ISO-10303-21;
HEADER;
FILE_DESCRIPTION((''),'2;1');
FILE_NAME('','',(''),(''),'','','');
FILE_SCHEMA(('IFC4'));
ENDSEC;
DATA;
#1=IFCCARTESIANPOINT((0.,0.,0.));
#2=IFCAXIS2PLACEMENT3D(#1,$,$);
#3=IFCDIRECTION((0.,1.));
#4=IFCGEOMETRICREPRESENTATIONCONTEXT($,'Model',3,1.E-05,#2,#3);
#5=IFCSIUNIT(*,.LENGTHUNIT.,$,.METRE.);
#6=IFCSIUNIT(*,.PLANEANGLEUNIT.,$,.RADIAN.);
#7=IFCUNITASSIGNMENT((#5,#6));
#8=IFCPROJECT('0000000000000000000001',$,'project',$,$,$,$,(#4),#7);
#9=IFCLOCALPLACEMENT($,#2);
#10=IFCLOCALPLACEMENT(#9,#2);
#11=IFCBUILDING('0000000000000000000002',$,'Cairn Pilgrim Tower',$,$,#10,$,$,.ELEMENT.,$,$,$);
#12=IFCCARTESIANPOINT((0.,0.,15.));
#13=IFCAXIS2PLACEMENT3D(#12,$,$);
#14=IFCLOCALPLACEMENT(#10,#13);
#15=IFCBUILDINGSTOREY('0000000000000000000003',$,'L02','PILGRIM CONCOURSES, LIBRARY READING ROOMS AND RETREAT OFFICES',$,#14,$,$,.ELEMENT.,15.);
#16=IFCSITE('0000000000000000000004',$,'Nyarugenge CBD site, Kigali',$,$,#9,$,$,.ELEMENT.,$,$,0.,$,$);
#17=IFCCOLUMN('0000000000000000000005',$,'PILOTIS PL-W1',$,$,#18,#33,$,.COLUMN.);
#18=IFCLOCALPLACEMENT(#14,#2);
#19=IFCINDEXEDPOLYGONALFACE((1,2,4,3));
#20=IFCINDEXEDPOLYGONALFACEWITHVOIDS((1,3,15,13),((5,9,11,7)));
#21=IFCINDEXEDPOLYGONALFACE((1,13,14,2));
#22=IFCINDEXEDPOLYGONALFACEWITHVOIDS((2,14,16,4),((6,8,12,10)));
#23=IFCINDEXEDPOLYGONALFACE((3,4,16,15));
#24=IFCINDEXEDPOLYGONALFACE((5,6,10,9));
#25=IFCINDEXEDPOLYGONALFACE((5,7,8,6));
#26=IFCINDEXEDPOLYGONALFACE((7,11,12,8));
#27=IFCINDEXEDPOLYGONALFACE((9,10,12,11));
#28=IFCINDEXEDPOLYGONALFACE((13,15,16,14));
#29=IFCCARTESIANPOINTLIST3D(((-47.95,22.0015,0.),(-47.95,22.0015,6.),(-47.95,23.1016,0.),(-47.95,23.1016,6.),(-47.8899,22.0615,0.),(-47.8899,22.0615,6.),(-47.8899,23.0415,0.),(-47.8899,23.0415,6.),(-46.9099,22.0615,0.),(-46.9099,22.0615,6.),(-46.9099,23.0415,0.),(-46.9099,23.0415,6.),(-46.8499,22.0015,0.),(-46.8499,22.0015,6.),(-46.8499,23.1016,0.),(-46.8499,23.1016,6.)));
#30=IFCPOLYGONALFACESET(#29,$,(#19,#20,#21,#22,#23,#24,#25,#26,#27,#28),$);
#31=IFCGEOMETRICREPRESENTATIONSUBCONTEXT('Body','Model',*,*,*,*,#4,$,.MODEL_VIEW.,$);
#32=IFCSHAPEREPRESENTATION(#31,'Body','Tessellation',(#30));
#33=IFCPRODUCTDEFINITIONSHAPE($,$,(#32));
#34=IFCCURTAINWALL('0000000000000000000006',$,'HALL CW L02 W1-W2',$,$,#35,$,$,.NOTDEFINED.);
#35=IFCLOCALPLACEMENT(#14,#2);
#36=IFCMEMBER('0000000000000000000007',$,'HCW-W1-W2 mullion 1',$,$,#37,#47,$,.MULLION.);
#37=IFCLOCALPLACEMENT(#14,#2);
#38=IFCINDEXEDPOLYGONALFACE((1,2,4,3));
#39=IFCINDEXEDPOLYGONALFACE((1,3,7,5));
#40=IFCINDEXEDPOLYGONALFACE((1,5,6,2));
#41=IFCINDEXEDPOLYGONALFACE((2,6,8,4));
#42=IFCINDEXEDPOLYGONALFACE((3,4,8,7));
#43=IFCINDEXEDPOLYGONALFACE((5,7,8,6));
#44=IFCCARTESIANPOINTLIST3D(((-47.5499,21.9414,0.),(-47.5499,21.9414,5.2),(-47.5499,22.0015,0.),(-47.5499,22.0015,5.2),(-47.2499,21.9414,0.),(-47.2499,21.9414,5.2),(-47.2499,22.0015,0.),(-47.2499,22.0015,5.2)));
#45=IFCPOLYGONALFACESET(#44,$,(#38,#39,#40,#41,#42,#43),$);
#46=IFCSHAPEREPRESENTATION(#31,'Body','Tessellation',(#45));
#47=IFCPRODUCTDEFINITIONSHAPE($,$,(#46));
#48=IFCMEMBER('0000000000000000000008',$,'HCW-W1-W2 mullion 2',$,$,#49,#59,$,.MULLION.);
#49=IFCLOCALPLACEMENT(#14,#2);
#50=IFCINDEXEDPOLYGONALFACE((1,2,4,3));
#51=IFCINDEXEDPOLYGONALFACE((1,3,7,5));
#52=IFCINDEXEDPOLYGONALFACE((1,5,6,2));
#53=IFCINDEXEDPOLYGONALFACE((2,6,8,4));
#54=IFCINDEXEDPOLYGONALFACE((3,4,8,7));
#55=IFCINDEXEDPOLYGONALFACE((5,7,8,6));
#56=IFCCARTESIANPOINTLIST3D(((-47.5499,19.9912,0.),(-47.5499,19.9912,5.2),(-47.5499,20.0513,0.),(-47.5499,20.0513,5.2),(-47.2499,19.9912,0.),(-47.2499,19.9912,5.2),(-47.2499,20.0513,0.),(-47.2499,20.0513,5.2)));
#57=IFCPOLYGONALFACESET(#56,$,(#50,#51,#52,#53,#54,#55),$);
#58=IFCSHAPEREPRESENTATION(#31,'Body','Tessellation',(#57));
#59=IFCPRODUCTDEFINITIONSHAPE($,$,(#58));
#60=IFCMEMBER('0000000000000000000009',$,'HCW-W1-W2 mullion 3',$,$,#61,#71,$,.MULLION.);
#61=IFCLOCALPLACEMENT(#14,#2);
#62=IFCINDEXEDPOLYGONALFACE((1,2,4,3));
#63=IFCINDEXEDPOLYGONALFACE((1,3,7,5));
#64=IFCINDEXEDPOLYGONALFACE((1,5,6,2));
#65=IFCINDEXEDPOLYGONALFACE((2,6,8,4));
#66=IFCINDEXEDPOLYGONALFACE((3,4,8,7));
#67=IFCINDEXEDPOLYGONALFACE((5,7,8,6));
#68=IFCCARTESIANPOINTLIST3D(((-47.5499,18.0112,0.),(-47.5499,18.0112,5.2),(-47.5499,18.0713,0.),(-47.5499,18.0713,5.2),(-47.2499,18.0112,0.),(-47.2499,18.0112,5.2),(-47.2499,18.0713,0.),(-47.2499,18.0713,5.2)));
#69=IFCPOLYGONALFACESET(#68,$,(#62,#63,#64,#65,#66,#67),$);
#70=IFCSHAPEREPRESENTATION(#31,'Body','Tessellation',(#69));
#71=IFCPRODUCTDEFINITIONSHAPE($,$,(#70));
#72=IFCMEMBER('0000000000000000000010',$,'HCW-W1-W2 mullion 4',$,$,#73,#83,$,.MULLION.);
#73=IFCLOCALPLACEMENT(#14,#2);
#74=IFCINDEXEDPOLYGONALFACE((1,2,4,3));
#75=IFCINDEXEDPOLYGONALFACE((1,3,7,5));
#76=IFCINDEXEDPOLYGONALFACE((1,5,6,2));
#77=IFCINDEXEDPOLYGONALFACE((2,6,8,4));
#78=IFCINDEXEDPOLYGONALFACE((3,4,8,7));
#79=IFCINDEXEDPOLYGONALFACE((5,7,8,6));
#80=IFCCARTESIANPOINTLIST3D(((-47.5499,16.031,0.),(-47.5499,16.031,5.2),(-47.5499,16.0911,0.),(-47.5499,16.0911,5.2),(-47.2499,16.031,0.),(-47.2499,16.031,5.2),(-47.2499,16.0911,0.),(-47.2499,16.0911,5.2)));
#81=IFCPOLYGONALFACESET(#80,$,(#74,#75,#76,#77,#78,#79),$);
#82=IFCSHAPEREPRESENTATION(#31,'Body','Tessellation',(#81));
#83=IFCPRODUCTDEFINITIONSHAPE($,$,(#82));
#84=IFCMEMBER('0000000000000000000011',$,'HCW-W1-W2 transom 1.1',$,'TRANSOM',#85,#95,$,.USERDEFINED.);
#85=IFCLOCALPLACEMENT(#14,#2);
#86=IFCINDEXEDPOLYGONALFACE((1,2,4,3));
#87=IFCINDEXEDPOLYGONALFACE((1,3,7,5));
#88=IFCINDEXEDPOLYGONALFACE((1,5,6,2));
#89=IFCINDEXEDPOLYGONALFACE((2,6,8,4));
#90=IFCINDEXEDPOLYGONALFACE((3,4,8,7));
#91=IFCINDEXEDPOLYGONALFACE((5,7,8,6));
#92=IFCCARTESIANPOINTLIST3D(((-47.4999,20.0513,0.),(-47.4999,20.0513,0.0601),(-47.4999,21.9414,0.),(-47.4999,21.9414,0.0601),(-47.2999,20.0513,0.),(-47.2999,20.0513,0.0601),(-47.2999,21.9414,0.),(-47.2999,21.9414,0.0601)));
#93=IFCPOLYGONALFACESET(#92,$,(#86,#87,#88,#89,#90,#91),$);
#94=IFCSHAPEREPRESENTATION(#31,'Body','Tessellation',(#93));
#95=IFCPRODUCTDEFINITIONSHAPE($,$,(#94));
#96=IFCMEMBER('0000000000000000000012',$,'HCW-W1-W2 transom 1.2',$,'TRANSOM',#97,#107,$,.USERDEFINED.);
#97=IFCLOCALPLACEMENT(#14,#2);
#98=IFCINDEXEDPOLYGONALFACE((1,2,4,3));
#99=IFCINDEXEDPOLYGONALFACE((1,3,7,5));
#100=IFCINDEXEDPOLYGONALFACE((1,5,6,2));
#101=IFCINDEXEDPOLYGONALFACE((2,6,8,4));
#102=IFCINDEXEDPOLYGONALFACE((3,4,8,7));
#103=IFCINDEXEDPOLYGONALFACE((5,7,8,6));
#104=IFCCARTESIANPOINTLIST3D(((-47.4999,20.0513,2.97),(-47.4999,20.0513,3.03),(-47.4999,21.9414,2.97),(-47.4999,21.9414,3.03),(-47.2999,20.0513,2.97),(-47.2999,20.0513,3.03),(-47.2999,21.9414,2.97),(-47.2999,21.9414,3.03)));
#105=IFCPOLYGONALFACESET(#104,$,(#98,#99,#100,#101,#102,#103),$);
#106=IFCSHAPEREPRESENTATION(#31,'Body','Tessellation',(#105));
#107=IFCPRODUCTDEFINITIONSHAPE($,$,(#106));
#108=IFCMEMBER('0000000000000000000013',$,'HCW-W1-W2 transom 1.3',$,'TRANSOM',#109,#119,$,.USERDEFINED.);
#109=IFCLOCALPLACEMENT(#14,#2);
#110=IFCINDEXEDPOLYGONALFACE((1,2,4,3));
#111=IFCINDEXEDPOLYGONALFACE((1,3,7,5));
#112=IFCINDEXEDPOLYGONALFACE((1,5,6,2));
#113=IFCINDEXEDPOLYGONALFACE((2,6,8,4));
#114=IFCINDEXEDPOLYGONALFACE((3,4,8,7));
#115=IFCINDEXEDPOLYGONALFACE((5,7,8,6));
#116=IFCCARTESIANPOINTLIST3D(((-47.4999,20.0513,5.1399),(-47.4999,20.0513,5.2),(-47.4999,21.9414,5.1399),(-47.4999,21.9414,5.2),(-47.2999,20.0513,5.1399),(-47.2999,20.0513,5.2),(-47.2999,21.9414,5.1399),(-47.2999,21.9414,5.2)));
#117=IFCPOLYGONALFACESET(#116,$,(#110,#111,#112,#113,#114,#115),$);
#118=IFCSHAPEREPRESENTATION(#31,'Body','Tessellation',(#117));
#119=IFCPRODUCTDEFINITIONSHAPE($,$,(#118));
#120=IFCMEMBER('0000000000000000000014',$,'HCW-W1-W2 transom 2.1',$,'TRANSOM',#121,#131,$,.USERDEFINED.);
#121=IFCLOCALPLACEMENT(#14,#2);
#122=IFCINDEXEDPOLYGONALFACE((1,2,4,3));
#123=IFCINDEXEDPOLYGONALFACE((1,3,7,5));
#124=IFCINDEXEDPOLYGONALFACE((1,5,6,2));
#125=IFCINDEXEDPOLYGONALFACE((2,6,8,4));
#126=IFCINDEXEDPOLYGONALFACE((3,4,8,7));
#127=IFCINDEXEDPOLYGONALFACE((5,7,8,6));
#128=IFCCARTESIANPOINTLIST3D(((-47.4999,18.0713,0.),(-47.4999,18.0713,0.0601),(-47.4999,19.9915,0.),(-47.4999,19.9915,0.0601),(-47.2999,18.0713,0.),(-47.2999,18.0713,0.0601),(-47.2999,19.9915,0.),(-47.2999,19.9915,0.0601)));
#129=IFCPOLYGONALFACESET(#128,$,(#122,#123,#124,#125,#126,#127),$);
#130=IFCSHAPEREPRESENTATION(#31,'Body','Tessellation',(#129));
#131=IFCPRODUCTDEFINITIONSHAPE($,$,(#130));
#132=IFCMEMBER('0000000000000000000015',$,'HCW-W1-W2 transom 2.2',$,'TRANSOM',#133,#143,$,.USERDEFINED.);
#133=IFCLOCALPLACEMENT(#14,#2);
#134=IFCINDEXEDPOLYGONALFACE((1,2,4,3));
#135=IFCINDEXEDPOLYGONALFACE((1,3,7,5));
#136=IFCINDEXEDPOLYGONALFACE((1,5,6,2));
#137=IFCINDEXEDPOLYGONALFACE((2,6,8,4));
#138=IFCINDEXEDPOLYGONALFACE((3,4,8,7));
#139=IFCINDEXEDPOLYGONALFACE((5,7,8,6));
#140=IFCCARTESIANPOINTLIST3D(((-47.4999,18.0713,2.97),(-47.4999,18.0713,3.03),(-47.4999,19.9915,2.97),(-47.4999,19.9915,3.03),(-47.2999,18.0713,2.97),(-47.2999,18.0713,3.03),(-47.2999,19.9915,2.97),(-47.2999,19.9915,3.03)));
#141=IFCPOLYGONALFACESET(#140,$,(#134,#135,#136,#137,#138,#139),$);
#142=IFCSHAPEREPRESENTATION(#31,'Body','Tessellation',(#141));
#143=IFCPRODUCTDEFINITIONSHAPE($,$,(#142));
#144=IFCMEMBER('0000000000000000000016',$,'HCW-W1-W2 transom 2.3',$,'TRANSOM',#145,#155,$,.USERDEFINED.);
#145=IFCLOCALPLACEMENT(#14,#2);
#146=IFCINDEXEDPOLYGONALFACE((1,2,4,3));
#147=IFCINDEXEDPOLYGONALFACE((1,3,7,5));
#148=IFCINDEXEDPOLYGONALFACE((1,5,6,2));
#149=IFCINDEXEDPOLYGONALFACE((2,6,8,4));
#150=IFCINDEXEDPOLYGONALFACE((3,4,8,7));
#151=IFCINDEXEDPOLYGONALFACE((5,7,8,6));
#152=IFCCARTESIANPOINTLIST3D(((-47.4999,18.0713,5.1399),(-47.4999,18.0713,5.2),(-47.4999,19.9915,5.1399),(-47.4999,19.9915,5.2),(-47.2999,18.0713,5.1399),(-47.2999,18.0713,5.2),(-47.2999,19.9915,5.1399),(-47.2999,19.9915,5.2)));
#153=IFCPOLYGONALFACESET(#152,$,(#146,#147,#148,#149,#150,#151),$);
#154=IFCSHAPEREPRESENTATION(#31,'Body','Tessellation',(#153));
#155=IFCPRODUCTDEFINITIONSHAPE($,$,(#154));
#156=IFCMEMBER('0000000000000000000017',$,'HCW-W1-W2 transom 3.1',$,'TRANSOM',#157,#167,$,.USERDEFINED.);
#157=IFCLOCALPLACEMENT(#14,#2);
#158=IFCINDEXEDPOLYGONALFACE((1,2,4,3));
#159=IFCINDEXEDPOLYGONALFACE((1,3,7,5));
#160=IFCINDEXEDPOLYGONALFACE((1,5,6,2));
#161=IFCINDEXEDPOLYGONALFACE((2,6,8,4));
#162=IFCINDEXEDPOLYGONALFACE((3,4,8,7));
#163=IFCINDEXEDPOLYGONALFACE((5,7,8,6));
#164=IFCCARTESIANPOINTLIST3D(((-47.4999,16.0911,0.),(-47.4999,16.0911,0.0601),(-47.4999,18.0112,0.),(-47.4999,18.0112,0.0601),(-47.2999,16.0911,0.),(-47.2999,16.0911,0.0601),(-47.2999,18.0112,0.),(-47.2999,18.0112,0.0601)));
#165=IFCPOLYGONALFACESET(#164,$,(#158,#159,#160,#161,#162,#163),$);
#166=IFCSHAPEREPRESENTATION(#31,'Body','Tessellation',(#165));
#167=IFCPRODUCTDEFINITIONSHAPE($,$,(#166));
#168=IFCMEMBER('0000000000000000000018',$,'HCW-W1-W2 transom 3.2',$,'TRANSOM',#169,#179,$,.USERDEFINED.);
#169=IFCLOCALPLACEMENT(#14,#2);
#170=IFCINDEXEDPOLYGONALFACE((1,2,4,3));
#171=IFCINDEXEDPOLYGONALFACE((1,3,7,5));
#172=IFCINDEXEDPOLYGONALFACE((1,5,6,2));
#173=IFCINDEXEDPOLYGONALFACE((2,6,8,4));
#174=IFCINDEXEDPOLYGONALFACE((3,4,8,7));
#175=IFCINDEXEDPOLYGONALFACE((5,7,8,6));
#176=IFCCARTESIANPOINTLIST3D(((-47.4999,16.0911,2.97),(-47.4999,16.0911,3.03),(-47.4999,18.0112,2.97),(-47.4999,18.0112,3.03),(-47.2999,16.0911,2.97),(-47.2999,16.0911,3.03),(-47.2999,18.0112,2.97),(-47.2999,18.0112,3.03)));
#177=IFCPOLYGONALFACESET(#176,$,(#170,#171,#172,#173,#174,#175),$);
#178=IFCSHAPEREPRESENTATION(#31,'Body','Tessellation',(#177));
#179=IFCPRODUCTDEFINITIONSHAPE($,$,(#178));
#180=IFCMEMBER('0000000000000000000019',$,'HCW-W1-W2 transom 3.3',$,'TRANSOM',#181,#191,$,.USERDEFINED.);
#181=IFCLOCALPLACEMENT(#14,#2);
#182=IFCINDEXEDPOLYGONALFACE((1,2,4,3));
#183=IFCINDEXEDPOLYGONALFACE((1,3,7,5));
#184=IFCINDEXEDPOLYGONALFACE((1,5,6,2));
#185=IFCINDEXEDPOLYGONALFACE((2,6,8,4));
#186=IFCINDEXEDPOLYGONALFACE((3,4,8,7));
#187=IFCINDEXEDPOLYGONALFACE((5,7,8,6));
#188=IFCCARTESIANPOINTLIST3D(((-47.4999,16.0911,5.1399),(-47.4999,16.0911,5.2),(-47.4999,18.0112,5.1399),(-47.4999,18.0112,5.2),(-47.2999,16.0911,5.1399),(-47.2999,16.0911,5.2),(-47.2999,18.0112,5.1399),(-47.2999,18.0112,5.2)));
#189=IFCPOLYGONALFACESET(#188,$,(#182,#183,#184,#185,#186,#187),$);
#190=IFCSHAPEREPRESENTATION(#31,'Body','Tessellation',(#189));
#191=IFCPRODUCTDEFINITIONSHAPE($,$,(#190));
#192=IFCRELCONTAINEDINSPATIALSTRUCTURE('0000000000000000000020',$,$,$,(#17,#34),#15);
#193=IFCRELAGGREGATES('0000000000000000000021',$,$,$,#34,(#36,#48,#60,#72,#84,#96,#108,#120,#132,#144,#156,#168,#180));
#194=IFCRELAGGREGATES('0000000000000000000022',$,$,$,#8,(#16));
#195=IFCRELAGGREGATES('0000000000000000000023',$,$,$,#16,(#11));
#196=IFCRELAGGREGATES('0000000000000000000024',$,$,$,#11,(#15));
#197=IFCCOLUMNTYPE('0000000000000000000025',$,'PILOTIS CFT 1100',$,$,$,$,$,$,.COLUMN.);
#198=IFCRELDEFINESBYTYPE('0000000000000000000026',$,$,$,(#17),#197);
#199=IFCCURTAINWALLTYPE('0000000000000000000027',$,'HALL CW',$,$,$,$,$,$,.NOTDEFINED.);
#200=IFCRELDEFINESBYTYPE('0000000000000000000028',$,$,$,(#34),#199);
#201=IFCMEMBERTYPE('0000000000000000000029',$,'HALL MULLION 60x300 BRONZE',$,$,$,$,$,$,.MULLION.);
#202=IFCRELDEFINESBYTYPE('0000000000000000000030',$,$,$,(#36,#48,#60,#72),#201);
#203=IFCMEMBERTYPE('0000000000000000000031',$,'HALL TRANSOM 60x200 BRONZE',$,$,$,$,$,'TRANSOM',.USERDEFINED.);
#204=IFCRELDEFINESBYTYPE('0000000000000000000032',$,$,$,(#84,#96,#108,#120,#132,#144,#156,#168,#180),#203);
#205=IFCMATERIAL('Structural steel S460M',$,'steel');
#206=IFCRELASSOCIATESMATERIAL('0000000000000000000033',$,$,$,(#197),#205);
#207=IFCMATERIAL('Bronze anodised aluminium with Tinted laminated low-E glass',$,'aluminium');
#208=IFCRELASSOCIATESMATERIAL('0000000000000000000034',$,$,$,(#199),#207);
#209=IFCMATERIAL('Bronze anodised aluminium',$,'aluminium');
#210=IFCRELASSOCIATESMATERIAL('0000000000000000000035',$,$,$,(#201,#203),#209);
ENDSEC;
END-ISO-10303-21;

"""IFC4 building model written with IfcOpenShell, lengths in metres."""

from ifc_helpers import new_model, si_unit, direction, frame, origin, origin_2d, place, context, subcontext, project, spatial, rectangle, hollow_rectangle, extrude, material, material_profile, profile_set, type_object, element, aggregate, save


model = new_model("IFC4")

# Units and contexts
model_context = context("Model", 3, precision=1e-05, world=origin(), true_north=direction((0.0, 1.0)))
body_context = subcontext(model_context, "Body", "Model", "MODEL_VIEW")
ifc_project = project(units=[si_unit("LENGTHUNIT", "METRE"), si_unit("PLANEANGLEUNIT", "RADIAN")], contexts=[model_context])

# Site, building, storey
site_placement = place(None, origin())
site = spatial("IfcSite", under=ifc_project, at=site_placement, Name="Nyarugenge CBD site, Kigali", CompositionType="ELEMENT", RefElevation=0.0)
building_placement = place(site_placement, origin())
building = spatial("IfcBuilding", under=site, at=building_placement, Name="Cairn Pilgrim Tower", CompositionType="ELEMENT")
storey_placement = place(building_placement, frame((0.0, 0.0, 15.0)))
storey = spatial("IfcBuildingStorey", under=building, at=storey_placement, Name="L02", Description="PILGRIM CONCOURSES, LIBRARY READING ROOMS AND RETREAT OFFICES", CompositionType="ELEMENT", Elevation=15.0)

# Column
ifc_material_1 = material(Name="Structural steel S460M", Category="steel")
ifc_material_profile_1 = material_profile(ifc_material_1, hollow_rectangle(XDim=1.1001, YDim=1.1001, WallThickness=0.0601, at=origin_2d()), Name="BOX 1100x1100x60")
ifc_profile_set_1 = profile_set([ifc_material_profile_1], Name="Structural steel S460M")
column_type = type_object("IfcColumnType", Name="PILOTIS CFT 1100", PredefinedType="COLUMN", material=ifc_profile_set_1)
column_placement = place(storey_placement, frame((-47.3999, 22.5515, 0.0), z_axis=(0.0, 0.0, 1.0), x_axis=(1.0, 0.0, 0.0)))
element("IfcColumn", 1, at=column_placement, inside=storey, type_object=column_type, Name="PILOTIS PL-W1", PredefinedType="COLUMN", context=body_context, shape_type="SweptSolid", body=[
    extrude(hollow_rectangle(XDim=1.1001, YDim=1.1001, WallThickness=0.0601, at=origin_2d()), origin(), (0.0, 0.0, 1.0), 6.0),
])

# Curtain wall, members
ifc_material_2 = material(Name="Bronze anodised aluminium with Tinted laminated low-E glass", Category="aluminium")
curtain_wall_type = type_object("IfcCurtainWallType", Name="HALL CW", PredefinedType="NOTDEFINED", material=ifc_material_2)
curtain_wall_placement = place(storey_placement, origin())
curtain_wall = element("IfcCurtainWall", 2, at=curtain_wall_placement, inside=storey, type_object=curtain_wall_type, Name="HALL CW L02 W1-W2", PredefinedType="NOTDEFINED")
ifc_material_3 = material(Name="Bronze anodised aluminium", Category="aluminium")
ifc_material_profile_2 = material_profile(ifc_material_3, rectangle(XDim=0.3, YDim=0.0601, at=origin_2d()), Name="HALL MULLION 60x300 BRONZE")
ifc_profile_set_2 = profile_set([ifc_material_profile_2], Name="Bronze anodised aluminium")
member_type_1 = type_object("IfcMemberType", Name="HALL MULLION 60x300 BRONZE", PredefinedType="MULLION", material=ifc_profile_set_2)
member_1_placement = place(storey_placement, frame((-47.3999, 21.9714, 0.0), z_axis=(0.0, 0.0, 1.0), x_axis=(1.0, 0.0, 0.0)))
member_1 = element("IfcMember", 3, at=member_1_placement, type_object=member_type_1, Name="HCW-W1-W2 mullion 1", PredefinedType="MULLION", context=body_context, shape_type="SweptSolid", body=[
    extrude(rectangle(XDim=0.3, YDim=0.0601, at=origin_2d()), origin(), (0.0, 0.0, 1.0), 5.2),
])
member_2_placement = place(storey_placement, frame((-47.3999, 20.0212, 0.0), z_axis=(0.0, 0.0, 1.0), x_axis=(1.0, 0.0, 0.0)))
member_2 = element("IfcMember", 4, at=member_2_placement, type_object=member_type_1, Name="HCW-W1-W2 mullion 2", PredefinedType="MULLION", context=body_context, shape_type="SweptSolid", body=[
    extrude(rectangle(XDim=0.3, YDim=0.0601, at=origin_2d()), origin(), (0.0, 0.0, 1.0), 5.2),
])
member_3_placement = place(storey_placement, frame((-47.3999, 18.0413, 0.0), z_axis=(0.0, 0.0, 1.0), x_axis=(1.0, 0.0, 0.0)))
member_3 = element("IfcMember", 5, at=member_3_placement, type_object=member_type_1, Name="HCW-W1-W2 mullion 3", PredefinedType="MULLION", context=body_context, shape_type="SweptSolid", body=[
    extrude(rectangle(XDim=0.3, YDim=0.0601, at=origin_2d()), origin(), (0.0, 0.0, 1.0), 5.2),
])
member_4_placement = place(storey_placement, frame((-47.3999, 16.061, 0.0), z_axis=(0.0, 0.0, 1.0), x_axis=(1.0, 0.0, 0.0)))
member_4 = element("IfcMember", 6, at=member_4_placement, type_object=member_type_1, Name="HCW-W1-W2 mullion 4", PredefinedType="MULLION", context=body_context, shape_type="SweptSolid", body=[
    extrude(rectangle(XDim=0.3, YDim=0.0601, at=origin_2d()), origin(), (0.0, 0.0, 1.0), 5.2),
])
ifc_material_profile_3 = material_profile(ifc_material_3, rectangle(XDim=0.2, YDim=0.0601, at=origin_2d()), Name="HALL TRANSOM 60x200 BRONZE")
ifc_profile_set_3 = profile_set([ifc_material_profile_3], Name="Bronze anodised aluminium")
member_type_2 = type_object("IfcMemberType", Name="HALL TRANSOM 60x200 BRONZE", ElementType="TRANSOM", PredefinedType="USERDEFINED", material=ifc_profile_set_3)
member_5_placement = place(storey_placement, frame((-47.3999, 21.9414, 0.03), z_axis=(0.0, -1.0, 0.0), x_axis=(1.0, 0.0, 0.0)))
member_5 = element("IfcMember", 7, at=member_5_placement, type_object=member_type_2, Name="HCW-W1-W2 transom 1.1", ObjectType="TRANSOM", PredefinedType="USERDEFINED", context=body_context, shape_type="SweptSolid", body=[
    extrude(rectangle(XDim=0.2, YDim=0.0601, at=origin_2d()), origin(), (0.0, 0.0, 1.0), 1.8901),
])
member_6_placement = place(storey_placement, frame((-47.3999, 21.9414, 3.0), z_axis=(0.0, -1.0, 0.0), x_axis=(1.0, 0.0, 0.0)))
member_6 = element("IfcMember", 8, at=member_6_placement, type_object=member_type_2, Name="HCW-W1-W2 transom 1.2", ObjectType="TRANSOM", PredefinedType="USERDEFINED", context=body_context, shape_type="SweptSolid", body=[
    extrude(rectangle(XDim=0.2, YDim=0.0601, at=origin_2d()), origin(), (0.0, 0.0, 1.0), 1.8901),
])
member_7_placement = place(storey_placement, frame((-47.3999, 21.9414, 5.1699), z_axis=(0.0, -1.0, 0.0), x_axis=(1.0, 0.0, 0.0)))
member_7 = element("IfcMember", 9, at=member_7_placement, type_object=member_type_2, Name="HCW-W1-W2 transom 1.3", ObjectType="TRANSOM", PredefinedType="USERDEFINED", context=body_context, shape_type="SweptSolid", body=[
    extrude(rectangle(XDim=0.2, YDim=0.0601, at=origin_2d()), origin(), (0.0, 0.0, 1.0), 1.8901),
])
member_8_placement = place(storey_placement, frame((-47.3999, 19.9915, 0.03), z_axis=(0.0, -1.0, 0.0), x_axis=(1.0, 0.0, 0.0)))
member_8 = element("IfcMember", 10, at=member_8_placement, type_object=member_type_2, Name="HCW-W1-W2 transom 2.1", ObjectType="TRANSOM", PredefinedType="USERDEFINED", context=body_context, shape_type="SweptSolid", body=[
    extrude(rectangle(XDim=0.2, YDim=0.0601, at=origin_2d()), origin(), (0.0, 0.0, 1.0), 1.9202),
])
member_9_placement = place(storey_placement, frame((-47.3999, 19.9915, 3.0), z_axis=(0.0, -1.0, 0.0), x_axis=(1.0, 0.0, 0.0)))
member_9 = element("IfcMember", 11, at=member_9_placement, type_object=member_type_2, Name="HCW-W1-W2 transom 2.2", ObjectType="TRANSOM", PredefinedType="USERDEFINED", context=body_context, shape_type="SweptSolid", body=[
    extrude(rectangle(XDim=0.2, YDim=0.0601, at=origin_2d()), origin(), (0.0, 0.0, 1.0), 1.9202),
])
member_10_placement = place(storey_placement, frame((-47.3999, 19.9915, 5.1699), z_axis=(0.0, -1.0, 0.0), x_axis=(1.0, 0.0, 0.0)))
member_10 = element("IfcMember", 12, at=member_10_placement, type_object=member_type_2, Name="HCW-W1-W2 transom 2.3", ObjectType="TRANSOM", PredefinedType="USERDEFINED", context=body_context, shape_type="SweptSolid", body=[
    extrude(rectangle(XDim=0.2, YDim=0.0601, at=origin_2d()), origin(), (0.0, 0.0, 1.0), 1.9202),
])
member_11_placement = place(storey_placement, frame((-47.3999, 18.0112, 0.03), z_axis=(0.0, -1.0, 0.0), x_axis=(1.0, 0.0, 0.0)))
member_11 = element("IfcMember", 13, at=member_11_placement, type_object=member_type_2, Name="HCW-W1-W2 transom 3.1", ObjectType="TRANSOM", PredefinedType="USERDEFINED", context=body_context, shape_type="SweptSolid", body=[
    extrude(rectangle(XDim=0.2, YDim=0.0601, at=origin_2d()), origin(), (0.0, 0.0, 1.0), 1.9202),
])
member_12_placement = place(storey_placement, frame((-47.3999, 18.0112, 3.0), z_axis=(0.0, -1.0, 0.0), x_axis=(1.0, 0.0, 0.0)))
member_12 = element("IfcMember", 14, at=member_12_placement, type_object=member_type_2, Name="HCW-W1-W2 transom 3.2", ObjectType="TRANSOM", PredefinedType="USERDEFINED", context=body_context, shape_type="SweptSolid", body=[
    extrude(rectangle(XDim=0.2, YDim=0.0601, at=origin_2d()), origin(), (0.0, 0.0, 1.0), 1.9202),
])
member_13_placement = place(storey_placement, frame((-47.3999, 18.0112, 5.1699), z_axis=(0.0, -1.0, 0.0), x_axis=(1.0, 0.0, 0.0)))
member_13 = element("IfcMember", 15, at=member_13_placement, type_object=member_type_2, Name="HCW-W1-W2 transom 3.3", ObjectType="TRANSOM", PredefinedType="USERDEFINED", context=body_context, shape_type="SweptSolid", body=[
    extrude(rectangle(XDim=0.2, YDim=0.0601, at=origin_2d()), origin(), (0.0, 0.0, 1.0), 1.9202),
])

aggregate(curtain_wall, [member_1, member_2, member_3, member_4, member_5, member_6, member_7, member_8, member_9, member_10, member_11, member_12, member_13])

save(model, "model.ifc")
